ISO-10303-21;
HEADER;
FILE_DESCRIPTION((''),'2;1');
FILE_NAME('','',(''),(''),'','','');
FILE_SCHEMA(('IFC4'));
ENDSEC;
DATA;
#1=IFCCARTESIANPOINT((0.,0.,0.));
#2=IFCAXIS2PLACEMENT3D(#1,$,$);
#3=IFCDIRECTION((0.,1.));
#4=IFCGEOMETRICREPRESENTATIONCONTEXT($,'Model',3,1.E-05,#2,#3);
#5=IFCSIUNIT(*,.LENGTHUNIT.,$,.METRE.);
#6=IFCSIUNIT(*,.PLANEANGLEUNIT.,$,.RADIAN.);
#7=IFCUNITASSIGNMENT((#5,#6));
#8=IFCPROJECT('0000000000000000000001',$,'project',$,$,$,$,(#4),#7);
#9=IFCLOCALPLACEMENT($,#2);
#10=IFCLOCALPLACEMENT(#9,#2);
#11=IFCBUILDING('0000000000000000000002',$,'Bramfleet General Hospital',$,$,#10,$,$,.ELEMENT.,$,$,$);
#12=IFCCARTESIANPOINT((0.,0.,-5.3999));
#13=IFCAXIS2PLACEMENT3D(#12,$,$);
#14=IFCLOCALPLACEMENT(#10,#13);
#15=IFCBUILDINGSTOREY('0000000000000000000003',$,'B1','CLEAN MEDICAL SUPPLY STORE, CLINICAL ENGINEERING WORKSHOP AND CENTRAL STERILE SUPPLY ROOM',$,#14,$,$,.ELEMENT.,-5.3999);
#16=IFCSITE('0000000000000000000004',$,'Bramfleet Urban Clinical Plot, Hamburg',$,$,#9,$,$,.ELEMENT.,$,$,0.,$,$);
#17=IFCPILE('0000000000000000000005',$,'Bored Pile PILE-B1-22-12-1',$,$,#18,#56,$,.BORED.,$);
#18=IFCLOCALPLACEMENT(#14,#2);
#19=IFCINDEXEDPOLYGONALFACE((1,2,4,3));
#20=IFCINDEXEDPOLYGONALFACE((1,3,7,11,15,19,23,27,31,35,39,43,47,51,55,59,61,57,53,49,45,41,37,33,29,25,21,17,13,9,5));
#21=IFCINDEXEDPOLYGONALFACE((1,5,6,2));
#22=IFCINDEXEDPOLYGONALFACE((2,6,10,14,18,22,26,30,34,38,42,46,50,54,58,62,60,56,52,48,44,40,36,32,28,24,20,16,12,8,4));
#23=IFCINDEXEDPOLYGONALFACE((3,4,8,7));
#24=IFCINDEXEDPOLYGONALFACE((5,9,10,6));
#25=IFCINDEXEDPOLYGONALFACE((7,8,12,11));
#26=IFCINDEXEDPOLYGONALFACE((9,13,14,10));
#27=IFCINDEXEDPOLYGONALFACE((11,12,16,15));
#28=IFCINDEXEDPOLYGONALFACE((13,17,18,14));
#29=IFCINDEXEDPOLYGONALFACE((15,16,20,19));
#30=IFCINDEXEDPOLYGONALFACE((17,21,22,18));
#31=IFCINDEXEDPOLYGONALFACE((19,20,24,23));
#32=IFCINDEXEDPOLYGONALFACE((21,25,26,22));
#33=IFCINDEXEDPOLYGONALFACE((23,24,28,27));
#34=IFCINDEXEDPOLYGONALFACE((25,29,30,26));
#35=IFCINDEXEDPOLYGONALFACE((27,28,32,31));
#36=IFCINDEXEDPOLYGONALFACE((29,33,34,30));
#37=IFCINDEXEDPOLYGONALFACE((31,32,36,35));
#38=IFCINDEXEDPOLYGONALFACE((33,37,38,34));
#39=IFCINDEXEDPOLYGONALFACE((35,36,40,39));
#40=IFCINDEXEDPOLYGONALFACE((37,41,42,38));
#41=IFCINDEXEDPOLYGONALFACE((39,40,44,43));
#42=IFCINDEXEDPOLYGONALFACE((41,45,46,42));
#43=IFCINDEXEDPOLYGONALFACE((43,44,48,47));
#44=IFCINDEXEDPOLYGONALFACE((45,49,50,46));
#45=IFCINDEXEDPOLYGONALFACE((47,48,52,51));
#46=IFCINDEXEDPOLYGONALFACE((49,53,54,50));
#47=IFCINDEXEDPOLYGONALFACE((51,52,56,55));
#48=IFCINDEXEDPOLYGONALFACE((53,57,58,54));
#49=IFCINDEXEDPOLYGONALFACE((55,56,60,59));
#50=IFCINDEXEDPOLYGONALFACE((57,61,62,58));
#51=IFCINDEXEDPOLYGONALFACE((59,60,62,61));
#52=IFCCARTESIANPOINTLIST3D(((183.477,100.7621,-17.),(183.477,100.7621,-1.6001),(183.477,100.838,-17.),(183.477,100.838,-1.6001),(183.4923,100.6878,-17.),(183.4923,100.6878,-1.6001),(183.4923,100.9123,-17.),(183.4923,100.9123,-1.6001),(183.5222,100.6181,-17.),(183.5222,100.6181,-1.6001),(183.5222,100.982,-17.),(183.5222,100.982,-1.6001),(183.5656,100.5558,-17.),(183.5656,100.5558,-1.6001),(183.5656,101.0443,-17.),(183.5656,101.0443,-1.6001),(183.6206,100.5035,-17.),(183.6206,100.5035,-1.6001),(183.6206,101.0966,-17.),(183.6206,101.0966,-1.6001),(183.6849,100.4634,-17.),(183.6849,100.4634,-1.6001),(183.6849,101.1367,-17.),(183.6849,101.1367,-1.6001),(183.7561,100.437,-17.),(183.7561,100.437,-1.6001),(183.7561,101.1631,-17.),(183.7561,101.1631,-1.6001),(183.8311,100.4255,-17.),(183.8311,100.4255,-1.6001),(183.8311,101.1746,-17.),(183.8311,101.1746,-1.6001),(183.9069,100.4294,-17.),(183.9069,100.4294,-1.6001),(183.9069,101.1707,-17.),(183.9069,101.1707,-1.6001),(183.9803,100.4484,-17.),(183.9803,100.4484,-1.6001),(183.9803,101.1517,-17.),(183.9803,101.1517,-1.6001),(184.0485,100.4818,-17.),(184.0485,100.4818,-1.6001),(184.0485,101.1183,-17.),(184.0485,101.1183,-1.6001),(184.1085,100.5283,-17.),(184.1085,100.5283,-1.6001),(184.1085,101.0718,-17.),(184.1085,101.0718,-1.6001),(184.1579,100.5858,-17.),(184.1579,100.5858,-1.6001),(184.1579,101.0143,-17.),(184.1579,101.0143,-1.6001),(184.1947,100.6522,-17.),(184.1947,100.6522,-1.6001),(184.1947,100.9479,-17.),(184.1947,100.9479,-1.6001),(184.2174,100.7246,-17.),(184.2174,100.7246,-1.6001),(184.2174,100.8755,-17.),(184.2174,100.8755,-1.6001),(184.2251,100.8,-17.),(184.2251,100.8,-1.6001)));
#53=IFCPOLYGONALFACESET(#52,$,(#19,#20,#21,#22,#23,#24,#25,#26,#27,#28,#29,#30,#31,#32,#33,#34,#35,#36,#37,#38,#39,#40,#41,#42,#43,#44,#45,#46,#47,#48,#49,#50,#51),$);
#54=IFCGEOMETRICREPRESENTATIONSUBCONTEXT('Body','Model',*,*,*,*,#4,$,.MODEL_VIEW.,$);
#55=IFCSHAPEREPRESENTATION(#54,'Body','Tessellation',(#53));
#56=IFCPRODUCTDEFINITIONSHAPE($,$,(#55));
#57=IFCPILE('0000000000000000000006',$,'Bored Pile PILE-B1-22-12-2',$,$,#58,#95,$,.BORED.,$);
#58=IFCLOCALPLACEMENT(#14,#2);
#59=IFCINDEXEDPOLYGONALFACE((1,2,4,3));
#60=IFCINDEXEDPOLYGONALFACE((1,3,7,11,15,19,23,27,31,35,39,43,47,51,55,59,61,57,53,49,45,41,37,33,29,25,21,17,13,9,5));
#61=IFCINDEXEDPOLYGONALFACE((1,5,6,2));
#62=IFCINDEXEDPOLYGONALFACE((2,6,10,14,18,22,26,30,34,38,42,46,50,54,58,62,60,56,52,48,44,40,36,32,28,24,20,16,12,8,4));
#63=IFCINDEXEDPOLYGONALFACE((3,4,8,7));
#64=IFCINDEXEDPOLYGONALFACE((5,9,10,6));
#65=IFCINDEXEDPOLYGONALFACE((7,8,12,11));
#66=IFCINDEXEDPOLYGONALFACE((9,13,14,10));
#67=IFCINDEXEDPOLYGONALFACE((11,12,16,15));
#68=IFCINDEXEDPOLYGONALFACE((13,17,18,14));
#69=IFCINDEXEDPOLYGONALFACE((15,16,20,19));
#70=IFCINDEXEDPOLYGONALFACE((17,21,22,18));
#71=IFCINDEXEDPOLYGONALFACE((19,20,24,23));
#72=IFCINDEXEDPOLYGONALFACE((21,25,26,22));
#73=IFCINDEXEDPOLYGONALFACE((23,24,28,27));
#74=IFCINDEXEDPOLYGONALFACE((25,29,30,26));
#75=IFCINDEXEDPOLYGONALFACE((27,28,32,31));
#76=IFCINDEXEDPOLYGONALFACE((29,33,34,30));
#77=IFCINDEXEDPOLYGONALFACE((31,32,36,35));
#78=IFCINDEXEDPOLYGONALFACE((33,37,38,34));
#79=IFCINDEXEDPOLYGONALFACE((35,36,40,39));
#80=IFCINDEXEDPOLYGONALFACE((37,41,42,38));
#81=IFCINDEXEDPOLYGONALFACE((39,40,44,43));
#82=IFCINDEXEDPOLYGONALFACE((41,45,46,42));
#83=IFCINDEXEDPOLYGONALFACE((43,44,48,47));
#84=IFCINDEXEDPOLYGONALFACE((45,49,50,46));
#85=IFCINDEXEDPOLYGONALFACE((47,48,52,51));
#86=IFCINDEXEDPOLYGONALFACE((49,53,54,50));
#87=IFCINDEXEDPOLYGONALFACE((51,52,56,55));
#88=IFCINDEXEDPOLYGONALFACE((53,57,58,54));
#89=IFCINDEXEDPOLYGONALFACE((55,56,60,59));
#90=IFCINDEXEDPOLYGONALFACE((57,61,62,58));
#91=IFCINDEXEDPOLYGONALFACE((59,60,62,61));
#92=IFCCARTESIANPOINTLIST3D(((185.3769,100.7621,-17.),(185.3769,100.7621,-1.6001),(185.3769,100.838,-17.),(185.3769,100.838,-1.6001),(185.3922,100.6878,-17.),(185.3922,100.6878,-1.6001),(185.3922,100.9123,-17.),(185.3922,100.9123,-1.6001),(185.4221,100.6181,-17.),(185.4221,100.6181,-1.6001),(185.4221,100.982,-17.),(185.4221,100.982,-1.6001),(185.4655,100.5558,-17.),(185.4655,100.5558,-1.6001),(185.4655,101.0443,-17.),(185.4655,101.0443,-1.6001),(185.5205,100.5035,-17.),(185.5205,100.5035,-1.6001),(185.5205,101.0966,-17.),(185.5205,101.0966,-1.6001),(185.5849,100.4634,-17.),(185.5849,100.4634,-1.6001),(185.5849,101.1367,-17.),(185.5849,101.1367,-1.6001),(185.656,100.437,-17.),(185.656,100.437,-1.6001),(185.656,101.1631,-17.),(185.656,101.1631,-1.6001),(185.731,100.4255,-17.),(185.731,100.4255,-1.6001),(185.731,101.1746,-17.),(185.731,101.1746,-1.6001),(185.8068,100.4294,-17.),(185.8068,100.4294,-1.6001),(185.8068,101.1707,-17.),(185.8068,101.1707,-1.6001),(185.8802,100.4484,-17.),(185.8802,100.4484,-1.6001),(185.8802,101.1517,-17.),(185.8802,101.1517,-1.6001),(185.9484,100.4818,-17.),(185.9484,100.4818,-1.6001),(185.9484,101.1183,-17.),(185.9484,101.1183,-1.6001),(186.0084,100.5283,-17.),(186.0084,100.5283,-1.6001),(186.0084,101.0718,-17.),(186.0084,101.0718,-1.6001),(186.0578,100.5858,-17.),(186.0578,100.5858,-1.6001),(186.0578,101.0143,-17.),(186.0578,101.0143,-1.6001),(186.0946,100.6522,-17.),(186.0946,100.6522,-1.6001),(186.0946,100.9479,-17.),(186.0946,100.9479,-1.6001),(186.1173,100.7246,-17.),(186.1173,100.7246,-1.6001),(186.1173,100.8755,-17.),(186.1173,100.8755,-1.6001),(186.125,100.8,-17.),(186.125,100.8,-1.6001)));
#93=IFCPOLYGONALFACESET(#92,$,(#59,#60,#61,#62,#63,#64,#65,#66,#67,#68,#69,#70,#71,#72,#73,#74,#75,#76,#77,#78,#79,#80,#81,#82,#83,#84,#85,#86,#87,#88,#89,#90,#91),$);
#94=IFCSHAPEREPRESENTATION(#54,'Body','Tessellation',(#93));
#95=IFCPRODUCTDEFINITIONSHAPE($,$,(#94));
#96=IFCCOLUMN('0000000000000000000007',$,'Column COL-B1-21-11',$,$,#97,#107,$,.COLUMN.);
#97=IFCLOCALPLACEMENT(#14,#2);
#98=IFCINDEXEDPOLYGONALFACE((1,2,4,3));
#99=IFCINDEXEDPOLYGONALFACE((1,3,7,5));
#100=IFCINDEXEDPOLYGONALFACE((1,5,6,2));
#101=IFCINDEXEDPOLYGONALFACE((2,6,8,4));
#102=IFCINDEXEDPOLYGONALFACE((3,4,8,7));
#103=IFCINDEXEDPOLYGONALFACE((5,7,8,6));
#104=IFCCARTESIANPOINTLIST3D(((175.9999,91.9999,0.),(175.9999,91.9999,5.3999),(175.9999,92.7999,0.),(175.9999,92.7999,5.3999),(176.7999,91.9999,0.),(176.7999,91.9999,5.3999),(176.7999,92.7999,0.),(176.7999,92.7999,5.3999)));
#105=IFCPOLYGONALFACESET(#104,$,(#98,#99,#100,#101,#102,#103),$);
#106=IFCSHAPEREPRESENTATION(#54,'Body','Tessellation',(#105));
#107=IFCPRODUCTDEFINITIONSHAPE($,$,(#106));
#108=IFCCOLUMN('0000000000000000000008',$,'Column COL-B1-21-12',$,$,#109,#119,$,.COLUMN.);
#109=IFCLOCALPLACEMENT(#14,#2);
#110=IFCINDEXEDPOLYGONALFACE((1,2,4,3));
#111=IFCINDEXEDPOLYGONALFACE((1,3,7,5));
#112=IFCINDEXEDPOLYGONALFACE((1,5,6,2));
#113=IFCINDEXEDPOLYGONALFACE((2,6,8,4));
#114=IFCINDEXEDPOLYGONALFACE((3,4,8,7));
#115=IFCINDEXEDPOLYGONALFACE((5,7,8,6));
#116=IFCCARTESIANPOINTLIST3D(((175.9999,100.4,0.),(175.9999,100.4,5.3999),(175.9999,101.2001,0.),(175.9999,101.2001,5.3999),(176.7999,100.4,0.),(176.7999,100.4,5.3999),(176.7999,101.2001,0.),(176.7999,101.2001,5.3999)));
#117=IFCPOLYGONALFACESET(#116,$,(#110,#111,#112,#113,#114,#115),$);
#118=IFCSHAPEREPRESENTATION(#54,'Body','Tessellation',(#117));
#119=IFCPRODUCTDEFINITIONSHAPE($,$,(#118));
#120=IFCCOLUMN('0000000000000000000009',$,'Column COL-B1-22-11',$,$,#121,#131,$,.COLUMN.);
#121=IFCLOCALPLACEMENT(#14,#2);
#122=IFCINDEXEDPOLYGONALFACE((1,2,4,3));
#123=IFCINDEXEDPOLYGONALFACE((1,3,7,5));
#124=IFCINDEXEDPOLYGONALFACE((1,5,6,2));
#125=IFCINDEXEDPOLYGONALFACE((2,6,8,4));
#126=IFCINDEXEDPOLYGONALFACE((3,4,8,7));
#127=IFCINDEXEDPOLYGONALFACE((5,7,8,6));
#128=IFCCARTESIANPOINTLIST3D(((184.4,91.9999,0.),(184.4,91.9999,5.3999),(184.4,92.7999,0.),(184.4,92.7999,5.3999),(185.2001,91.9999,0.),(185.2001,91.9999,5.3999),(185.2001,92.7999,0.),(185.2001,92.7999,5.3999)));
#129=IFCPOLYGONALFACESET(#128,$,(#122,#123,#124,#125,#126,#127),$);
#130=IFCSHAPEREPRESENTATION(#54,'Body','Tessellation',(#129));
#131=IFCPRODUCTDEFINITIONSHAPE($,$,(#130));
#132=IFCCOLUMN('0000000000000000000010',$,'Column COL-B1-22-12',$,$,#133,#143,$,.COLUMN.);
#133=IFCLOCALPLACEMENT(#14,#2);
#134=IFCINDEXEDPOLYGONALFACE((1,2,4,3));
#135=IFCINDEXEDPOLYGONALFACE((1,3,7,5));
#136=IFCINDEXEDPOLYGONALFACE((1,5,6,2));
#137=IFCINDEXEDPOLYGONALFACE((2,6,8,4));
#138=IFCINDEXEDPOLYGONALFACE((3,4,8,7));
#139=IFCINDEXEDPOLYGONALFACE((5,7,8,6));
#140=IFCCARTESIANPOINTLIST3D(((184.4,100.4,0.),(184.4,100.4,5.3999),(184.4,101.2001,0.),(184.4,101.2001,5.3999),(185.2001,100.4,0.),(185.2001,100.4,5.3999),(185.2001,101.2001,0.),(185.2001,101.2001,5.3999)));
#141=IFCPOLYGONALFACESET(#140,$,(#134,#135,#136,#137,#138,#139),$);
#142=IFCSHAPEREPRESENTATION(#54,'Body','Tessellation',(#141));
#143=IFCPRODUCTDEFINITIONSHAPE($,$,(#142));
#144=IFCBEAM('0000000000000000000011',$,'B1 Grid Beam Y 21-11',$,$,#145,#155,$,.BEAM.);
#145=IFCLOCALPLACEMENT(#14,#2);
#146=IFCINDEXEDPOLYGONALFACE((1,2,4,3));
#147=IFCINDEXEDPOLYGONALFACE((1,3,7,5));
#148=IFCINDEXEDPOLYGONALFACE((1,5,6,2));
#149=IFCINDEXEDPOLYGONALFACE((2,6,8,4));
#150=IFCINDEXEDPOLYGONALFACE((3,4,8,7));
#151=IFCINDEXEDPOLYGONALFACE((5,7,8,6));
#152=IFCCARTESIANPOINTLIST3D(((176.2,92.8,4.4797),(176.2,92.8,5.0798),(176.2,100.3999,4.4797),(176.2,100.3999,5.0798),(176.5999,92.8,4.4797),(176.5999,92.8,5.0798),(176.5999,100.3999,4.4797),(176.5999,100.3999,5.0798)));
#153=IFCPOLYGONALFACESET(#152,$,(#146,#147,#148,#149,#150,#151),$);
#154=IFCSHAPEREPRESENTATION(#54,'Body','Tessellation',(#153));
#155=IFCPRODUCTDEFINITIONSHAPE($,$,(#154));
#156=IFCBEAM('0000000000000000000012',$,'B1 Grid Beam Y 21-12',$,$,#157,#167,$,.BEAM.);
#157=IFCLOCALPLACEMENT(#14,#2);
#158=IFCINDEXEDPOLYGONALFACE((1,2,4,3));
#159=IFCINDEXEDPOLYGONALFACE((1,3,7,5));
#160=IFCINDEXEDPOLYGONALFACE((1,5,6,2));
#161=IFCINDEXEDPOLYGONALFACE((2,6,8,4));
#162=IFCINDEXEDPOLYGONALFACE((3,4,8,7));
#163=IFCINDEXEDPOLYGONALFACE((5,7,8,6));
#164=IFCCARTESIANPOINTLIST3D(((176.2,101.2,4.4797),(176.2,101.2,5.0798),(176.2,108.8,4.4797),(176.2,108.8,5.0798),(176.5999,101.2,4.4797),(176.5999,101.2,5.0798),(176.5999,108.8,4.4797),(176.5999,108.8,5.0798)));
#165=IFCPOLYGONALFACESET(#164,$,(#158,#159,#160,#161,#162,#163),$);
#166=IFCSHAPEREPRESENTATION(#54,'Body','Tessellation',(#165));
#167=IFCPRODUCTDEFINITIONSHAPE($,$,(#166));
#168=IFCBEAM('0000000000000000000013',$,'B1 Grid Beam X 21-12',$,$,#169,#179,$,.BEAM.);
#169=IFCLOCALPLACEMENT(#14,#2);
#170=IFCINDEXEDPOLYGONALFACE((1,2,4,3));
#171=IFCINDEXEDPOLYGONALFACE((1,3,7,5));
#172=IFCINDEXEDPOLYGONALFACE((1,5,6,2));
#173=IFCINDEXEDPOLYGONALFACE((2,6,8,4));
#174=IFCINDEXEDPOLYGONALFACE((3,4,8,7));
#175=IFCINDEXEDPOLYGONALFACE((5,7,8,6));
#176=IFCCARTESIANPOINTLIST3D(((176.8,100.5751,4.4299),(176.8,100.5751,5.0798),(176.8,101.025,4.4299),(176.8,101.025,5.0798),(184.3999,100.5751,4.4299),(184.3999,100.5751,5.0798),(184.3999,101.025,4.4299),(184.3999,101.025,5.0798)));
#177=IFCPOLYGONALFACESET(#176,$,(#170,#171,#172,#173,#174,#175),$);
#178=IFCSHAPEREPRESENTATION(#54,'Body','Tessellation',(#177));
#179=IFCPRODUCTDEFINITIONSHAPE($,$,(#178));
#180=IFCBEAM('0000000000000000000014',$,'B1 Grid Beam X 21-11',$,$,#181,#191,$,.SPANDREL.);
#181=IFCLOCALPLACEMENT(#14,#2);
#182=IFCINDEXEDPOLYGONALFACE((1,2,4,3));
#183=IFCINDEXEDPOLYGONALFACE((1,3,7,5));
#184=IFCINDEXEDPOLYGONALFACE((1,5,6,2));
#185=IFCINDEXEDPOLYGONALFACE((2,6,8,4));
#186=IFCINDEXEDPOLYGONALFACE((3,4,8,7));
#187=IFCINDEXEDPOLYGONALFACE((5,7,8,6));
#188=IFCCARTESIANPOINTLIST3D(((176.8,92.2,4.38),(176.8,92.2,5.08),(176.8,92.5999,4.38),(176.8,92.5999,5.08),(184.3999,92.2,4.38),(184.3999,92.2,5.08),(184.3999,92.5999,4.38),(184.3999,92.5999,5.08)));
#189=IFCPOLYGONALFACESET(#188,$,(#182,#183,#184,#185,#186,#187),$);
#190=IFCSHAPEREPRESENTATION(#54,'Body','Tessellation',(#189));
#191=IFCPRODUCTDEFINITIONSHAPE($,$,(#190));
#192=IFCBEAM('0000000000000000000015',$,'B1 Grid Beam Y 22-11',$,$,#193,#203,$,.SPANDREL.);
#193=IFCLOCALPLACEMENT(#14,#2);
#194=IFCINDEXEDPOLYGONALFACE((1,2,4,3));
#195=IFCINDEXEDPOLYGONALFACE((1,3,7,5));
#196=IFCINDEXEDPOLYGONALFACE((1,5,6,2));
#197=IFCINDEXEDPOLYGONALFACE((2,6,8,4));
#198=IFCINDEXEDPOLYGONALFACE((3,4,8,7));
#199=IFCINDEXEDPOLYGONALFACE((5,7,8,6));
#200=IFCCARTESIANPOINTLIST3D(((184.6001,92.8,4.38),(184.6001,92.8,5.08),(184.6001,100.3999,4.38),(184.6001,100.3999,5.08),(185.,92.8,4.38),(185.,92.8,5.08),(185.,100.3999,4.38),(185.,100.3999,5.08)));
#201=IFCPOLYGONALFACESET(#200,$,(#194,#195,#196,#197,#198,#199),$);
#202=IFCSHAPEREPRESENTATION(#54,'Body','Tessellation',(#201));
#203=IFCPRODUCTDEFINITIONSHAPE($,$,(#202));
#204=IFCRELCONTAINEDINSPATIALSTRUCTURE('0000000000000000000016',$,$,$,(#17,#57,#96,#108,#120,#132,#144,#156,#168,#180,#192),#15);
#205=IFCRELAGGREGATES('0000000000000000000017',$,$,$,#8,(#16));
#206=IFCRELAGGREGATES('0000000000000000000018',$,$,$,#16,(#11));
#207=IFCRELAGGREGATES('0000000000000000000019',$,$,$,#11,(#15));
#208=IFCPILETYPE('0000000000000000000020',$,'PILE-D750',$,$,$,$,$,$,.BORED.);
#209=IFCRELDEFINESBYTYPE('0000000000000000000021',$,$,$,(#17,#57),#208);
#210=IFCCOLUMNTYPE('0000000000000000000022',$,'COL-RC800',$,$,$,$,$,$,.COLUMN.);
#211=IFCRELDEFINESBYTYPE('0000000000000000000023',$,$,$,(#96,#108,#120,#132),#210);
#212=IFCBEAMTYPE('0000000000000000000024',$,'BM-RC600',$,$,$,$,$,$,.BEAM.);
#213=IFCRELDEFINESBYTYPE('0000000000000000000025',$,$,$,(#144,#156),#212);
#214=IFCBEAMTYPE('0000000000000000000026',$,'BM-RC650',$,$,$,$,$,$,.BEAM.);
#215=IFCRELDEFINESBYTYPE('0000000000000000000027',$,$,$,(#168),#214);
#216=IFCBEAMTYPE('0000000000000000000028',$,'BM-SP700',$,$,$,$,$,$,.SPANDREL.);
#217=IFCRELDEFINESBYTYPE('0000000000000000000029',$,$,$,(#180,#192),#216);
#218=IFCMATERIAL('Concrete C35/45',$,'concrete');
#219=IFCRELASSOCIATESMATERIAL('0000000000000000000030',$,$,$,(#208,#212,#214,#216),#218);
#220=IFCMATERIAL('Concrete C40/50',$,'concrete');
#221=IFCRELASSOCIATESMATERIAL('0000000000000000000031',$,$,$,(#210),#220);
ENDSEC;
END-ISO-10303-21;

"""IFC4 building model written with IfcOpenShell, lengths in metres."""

from ifc_helpers import new_model, si_unit, direction, frame, origin, origin_2d, place, context, subcontext, project, spatial, rectangle, circle, extrude, material, material_profile, profile_set, type_object, element, save


model = new_model("IFC4")

# Units and contexts
model_context = context("Model", 3, precision=1e-05, world=origin(), true_north=direction((0.0, 1.0)))
body_context = subcontext(model_context, "Body", "Model", "MODEL_VIEW")
ifc_project = project(units=[si_unit("LENGTHUNIT", "METRE"), si_unit("PLANEANGLEUNIT", "RADIAN")], contexts=[model_context])

# Site, building, storey
site_placement = place(None, origin())
site = spatial("IfcSite", under=ifc_project, at=site_placement, Name="Bramfleet Urban Clinical Plot, Hamburg", CompositionType="ELEMENT", RefElevation=0.0)
building_placement = place(site_placement, origin())
building = spatial("IfcBuilding", under=site, at=building_placement, Name="Bramfleet General Hospital", CompositionType="ELEMENT")
storey_placement = place(building_placement, frame((0.0, 0.0, -5.3999)))
storey = spatial("IfcBuildingStorey", under=building, at=storey_placement, Name="B1", Description="CLEAN MEDICAL SUPPLY STORE, CLINICAL ENGINEERING WORKSHOP AND CENTRAL STERILE SUPPLY ROOM", CompositionType="ELEMENT", Elevation=-5.3999)

# Shared definitions
ifc_material_1 = material(Name="Concrete C35/45", Category="concrete")

# Piles
ifc_material_profile_1 = material_profile(ifc_material_1, circle(Radius=0.375, at=origin_2d()), Name="PILE BORED D750")
ifc_profile_set_1 = profile_set([ifc_material_profile_1], Name="Concrete C35/45")
pile_type = type_object("IfcPileType", Name="PILE-D750", PredefinedType="BORED", material=ifc_profile_set_1)
for number, where, z_axis, x_axis, name in (
    (1, (183.8501, 100.8, -1.6001), (0.0, 0.0, -1.0), (1.0, 0.0, 0.0), "Bored Pile PILE-B1-22-12-1"),
    (2, (185.75, 100.8, -1.6001), (0.0, 0.0, -1.0), (1.0, 0.0, 0.0), "Bored Pile PILE-B1-22-12-2"),
):
    element("IfcPile", number, at=place(storey_placement, frame(where, z_axis=z_axis, x_axis=x_axis)), inside=storey, type_object=pile_type, Name=name, PredefinedType="BORED", context=body_context, shape_type="SweptSolid", body=[
        extrude(circle(Radius=0.375, at=origin_2d()), origin(), (0.0, 0.0, 1.0), 15.3999),
    ])

# Columns
ifc_material_2 = material(Name="Concrete C40/50", Category="concrete")
ifc_material_profile_2 = material_profile(ifc_material_2, rectangle(XDim=0.8, YDim=0.8, at=origin_2d()), Name="RC COL 800x800")
ifc_profile_set_2 = profile_set([ifc_material_profile_2], Name="Concrete C40/50")
column_type = type_object("IfcColumnType", Name="COL-RC800", PredefinedType="COLUMN", material=ifc_profile_set_2)
for number, where, z_axis, x_axis, name in (
    (3, (176.3999, 92.3999, 0.0), (0.0, 0.0, 1.0), (1.0, 0.0, 0.0), "Column COL-B1-21-11"),
    (4, (176.3999, 100.8, 0.0), (0.0, 0.0, 1.0), (1.0, 0.0, 0.0), "Column COL-B1-21-12"),
    (5, (184.8, 92.3999, 0.0), (0.0, 0.0, 1.0), (1.0, 0.0, 0.0), "Column COL-B1-22-11"),
    (6, (184.8, 100.8, 0.0), (0.0, 0.0, 1.0), (1.0, 0.0, 0.0), "Column COL-B1-22-12"),
):
    element("IfcColumn", number, at=place(storey_placement, frame(where, z_axis=z_axis, x_axis=x_axis)), inside=storey, type_object=column_type, Name=name, PredefinedType="COLUMN", context=body_context, shape_type="SweptSolid", body=[
        extrude(rectangle(XDim=0.8, YDim=0.8, at=origin_2d()), origin(), (0.0, 0.0, 1.0), 5.3999),
    ])

# Beams
ifc_material_profile_3 = material_profile(ifc_material_1, rectangle(XDim=0.3999, YDim=0.6001, at=origin_2d()), Name="RC BM 600x400")
ifc_profile_set_3 = profile_set([ifc_material_profile_3], Name="Concrete C35/45")
beam_type_1 = type_object("IfcBeamType", Name="BM-RC600", PredefinedType="BEAM", material=ifc_profile_set_3)
beam_1_placement = place(storey_placement, frame((176.3999, 92.8, 4.7798), z_axis=(0.0, 1.0, 0.0), x_axis=(-1.0, 0.0, 0.0)))
element("IfcBeam", 7, at=beam_1_placement, inside=storey, type_object=beam_type_1, Name="B1 Grid Beam Y 21-11", PredefinedType="BEAM", context=body_context, shape_type="SweptSolid", body=[
    extrude(rectangle(XDim=0.3999, YDim=0.6001, at=origin_2d()), origin(), (0.0, 0.0, 1.0), 7.5999),
])
beam_2_placement = place(storey_placement, frame((176.3999, 101.2, 4.7798), z_axis=(0.0, 1.0, 0.0), x_axis=(-1.0, 0.0, 0.0)))
element("IfcBeam", 8, at=beam_2_placement, inside=storey, type_object=beam_type_1, Name="B1 Grid Beam Y 21-12", PredefinedType="BEAM", context=body_context, shape_type="SweptSolid", body=[
    extrude(rectangle(XDim=0.3999, YDim=0.6001, at=origin_2d()), origin(), (0.0, 0.0, 1.0), 7.6001),
])
ifc_material_profile_4 = material_profile(ifc_material_1, rectangle(XDim=0.45, YDim=0.6499, at=origin_2d()), Name="RC BM 650x450")
ifc_profile_set_4 = profile_set([ifc_material_profile_4], Name="Concrete C35/45")
beam_type_2 = type_object("IfcBeamType", Name="BM-RC650", PredefinedType="BEAM", material=ifc_profile_set_4)
beam_3_placement = place(storey_placement, frame((176.8, 100.8, 4.7549), z_axis=(1.0, 0.0, 0.0), x_axis=(0.0, 1.0, 0.0)))
element("IfcBeam", 9, at=beam_3_placement, inside=storey, type_object=beam_type_2, Name="B1 Grid Beam X 21-12", PredefinedType="BEAM", context=body_context, shape_type="SweptSolid", body=[
    extrude(rectangle(XDim=0.45, YDim=0.6499, at=origin_2d()), origin(), (0.0, 0.0, 1.0), 7.5999),
])
ifc_material_profile_5 = material_profile(ifc_material_1, rectangle(XDim=0.3999, YDim=0.7, at=origin_2d()), Name="RC SP 700x400")
ifc_profile_set_5 = profile_set([ifc_material_profile_5], Name="Concrete C35/45")
beam_type_3 = type_object("IfcBeamType", Name="BM-SP700", PredefinedType="SPANDREL", material=ifc_profile_set_5)
for number, where, z_axis, x_axis, name in (
    (10, (176.8, 92.3999, 4.73), (1.0, 0.0, 0.0), (0.0, 1.0, 0.0), "B1 Grid Beam X 21-11"),
    (11, (184.8, 92.8, 4.73), (0.0, 1.0, 0.0), (-1.0, 0.0, 0.0), "B1 Grid Beam Y 22-11"),
):
    element("IfcBeam", number, at=place(storey_placement, frame(where, z_axis=z_axis, x_axis=x_axis)), inside=storey, type_object=beam_type_3, Name=name, PredefinedType="SPANDREL", context=body_context, shape_type="SweptSolid", body=[
        extrude(rectangle(XDim=0.3999, YDim=0.7, at=origin_2d()), origin(), (0.0, 0.0, 1.0), 7.5999),
    ])

save(model, "model.ifc")
